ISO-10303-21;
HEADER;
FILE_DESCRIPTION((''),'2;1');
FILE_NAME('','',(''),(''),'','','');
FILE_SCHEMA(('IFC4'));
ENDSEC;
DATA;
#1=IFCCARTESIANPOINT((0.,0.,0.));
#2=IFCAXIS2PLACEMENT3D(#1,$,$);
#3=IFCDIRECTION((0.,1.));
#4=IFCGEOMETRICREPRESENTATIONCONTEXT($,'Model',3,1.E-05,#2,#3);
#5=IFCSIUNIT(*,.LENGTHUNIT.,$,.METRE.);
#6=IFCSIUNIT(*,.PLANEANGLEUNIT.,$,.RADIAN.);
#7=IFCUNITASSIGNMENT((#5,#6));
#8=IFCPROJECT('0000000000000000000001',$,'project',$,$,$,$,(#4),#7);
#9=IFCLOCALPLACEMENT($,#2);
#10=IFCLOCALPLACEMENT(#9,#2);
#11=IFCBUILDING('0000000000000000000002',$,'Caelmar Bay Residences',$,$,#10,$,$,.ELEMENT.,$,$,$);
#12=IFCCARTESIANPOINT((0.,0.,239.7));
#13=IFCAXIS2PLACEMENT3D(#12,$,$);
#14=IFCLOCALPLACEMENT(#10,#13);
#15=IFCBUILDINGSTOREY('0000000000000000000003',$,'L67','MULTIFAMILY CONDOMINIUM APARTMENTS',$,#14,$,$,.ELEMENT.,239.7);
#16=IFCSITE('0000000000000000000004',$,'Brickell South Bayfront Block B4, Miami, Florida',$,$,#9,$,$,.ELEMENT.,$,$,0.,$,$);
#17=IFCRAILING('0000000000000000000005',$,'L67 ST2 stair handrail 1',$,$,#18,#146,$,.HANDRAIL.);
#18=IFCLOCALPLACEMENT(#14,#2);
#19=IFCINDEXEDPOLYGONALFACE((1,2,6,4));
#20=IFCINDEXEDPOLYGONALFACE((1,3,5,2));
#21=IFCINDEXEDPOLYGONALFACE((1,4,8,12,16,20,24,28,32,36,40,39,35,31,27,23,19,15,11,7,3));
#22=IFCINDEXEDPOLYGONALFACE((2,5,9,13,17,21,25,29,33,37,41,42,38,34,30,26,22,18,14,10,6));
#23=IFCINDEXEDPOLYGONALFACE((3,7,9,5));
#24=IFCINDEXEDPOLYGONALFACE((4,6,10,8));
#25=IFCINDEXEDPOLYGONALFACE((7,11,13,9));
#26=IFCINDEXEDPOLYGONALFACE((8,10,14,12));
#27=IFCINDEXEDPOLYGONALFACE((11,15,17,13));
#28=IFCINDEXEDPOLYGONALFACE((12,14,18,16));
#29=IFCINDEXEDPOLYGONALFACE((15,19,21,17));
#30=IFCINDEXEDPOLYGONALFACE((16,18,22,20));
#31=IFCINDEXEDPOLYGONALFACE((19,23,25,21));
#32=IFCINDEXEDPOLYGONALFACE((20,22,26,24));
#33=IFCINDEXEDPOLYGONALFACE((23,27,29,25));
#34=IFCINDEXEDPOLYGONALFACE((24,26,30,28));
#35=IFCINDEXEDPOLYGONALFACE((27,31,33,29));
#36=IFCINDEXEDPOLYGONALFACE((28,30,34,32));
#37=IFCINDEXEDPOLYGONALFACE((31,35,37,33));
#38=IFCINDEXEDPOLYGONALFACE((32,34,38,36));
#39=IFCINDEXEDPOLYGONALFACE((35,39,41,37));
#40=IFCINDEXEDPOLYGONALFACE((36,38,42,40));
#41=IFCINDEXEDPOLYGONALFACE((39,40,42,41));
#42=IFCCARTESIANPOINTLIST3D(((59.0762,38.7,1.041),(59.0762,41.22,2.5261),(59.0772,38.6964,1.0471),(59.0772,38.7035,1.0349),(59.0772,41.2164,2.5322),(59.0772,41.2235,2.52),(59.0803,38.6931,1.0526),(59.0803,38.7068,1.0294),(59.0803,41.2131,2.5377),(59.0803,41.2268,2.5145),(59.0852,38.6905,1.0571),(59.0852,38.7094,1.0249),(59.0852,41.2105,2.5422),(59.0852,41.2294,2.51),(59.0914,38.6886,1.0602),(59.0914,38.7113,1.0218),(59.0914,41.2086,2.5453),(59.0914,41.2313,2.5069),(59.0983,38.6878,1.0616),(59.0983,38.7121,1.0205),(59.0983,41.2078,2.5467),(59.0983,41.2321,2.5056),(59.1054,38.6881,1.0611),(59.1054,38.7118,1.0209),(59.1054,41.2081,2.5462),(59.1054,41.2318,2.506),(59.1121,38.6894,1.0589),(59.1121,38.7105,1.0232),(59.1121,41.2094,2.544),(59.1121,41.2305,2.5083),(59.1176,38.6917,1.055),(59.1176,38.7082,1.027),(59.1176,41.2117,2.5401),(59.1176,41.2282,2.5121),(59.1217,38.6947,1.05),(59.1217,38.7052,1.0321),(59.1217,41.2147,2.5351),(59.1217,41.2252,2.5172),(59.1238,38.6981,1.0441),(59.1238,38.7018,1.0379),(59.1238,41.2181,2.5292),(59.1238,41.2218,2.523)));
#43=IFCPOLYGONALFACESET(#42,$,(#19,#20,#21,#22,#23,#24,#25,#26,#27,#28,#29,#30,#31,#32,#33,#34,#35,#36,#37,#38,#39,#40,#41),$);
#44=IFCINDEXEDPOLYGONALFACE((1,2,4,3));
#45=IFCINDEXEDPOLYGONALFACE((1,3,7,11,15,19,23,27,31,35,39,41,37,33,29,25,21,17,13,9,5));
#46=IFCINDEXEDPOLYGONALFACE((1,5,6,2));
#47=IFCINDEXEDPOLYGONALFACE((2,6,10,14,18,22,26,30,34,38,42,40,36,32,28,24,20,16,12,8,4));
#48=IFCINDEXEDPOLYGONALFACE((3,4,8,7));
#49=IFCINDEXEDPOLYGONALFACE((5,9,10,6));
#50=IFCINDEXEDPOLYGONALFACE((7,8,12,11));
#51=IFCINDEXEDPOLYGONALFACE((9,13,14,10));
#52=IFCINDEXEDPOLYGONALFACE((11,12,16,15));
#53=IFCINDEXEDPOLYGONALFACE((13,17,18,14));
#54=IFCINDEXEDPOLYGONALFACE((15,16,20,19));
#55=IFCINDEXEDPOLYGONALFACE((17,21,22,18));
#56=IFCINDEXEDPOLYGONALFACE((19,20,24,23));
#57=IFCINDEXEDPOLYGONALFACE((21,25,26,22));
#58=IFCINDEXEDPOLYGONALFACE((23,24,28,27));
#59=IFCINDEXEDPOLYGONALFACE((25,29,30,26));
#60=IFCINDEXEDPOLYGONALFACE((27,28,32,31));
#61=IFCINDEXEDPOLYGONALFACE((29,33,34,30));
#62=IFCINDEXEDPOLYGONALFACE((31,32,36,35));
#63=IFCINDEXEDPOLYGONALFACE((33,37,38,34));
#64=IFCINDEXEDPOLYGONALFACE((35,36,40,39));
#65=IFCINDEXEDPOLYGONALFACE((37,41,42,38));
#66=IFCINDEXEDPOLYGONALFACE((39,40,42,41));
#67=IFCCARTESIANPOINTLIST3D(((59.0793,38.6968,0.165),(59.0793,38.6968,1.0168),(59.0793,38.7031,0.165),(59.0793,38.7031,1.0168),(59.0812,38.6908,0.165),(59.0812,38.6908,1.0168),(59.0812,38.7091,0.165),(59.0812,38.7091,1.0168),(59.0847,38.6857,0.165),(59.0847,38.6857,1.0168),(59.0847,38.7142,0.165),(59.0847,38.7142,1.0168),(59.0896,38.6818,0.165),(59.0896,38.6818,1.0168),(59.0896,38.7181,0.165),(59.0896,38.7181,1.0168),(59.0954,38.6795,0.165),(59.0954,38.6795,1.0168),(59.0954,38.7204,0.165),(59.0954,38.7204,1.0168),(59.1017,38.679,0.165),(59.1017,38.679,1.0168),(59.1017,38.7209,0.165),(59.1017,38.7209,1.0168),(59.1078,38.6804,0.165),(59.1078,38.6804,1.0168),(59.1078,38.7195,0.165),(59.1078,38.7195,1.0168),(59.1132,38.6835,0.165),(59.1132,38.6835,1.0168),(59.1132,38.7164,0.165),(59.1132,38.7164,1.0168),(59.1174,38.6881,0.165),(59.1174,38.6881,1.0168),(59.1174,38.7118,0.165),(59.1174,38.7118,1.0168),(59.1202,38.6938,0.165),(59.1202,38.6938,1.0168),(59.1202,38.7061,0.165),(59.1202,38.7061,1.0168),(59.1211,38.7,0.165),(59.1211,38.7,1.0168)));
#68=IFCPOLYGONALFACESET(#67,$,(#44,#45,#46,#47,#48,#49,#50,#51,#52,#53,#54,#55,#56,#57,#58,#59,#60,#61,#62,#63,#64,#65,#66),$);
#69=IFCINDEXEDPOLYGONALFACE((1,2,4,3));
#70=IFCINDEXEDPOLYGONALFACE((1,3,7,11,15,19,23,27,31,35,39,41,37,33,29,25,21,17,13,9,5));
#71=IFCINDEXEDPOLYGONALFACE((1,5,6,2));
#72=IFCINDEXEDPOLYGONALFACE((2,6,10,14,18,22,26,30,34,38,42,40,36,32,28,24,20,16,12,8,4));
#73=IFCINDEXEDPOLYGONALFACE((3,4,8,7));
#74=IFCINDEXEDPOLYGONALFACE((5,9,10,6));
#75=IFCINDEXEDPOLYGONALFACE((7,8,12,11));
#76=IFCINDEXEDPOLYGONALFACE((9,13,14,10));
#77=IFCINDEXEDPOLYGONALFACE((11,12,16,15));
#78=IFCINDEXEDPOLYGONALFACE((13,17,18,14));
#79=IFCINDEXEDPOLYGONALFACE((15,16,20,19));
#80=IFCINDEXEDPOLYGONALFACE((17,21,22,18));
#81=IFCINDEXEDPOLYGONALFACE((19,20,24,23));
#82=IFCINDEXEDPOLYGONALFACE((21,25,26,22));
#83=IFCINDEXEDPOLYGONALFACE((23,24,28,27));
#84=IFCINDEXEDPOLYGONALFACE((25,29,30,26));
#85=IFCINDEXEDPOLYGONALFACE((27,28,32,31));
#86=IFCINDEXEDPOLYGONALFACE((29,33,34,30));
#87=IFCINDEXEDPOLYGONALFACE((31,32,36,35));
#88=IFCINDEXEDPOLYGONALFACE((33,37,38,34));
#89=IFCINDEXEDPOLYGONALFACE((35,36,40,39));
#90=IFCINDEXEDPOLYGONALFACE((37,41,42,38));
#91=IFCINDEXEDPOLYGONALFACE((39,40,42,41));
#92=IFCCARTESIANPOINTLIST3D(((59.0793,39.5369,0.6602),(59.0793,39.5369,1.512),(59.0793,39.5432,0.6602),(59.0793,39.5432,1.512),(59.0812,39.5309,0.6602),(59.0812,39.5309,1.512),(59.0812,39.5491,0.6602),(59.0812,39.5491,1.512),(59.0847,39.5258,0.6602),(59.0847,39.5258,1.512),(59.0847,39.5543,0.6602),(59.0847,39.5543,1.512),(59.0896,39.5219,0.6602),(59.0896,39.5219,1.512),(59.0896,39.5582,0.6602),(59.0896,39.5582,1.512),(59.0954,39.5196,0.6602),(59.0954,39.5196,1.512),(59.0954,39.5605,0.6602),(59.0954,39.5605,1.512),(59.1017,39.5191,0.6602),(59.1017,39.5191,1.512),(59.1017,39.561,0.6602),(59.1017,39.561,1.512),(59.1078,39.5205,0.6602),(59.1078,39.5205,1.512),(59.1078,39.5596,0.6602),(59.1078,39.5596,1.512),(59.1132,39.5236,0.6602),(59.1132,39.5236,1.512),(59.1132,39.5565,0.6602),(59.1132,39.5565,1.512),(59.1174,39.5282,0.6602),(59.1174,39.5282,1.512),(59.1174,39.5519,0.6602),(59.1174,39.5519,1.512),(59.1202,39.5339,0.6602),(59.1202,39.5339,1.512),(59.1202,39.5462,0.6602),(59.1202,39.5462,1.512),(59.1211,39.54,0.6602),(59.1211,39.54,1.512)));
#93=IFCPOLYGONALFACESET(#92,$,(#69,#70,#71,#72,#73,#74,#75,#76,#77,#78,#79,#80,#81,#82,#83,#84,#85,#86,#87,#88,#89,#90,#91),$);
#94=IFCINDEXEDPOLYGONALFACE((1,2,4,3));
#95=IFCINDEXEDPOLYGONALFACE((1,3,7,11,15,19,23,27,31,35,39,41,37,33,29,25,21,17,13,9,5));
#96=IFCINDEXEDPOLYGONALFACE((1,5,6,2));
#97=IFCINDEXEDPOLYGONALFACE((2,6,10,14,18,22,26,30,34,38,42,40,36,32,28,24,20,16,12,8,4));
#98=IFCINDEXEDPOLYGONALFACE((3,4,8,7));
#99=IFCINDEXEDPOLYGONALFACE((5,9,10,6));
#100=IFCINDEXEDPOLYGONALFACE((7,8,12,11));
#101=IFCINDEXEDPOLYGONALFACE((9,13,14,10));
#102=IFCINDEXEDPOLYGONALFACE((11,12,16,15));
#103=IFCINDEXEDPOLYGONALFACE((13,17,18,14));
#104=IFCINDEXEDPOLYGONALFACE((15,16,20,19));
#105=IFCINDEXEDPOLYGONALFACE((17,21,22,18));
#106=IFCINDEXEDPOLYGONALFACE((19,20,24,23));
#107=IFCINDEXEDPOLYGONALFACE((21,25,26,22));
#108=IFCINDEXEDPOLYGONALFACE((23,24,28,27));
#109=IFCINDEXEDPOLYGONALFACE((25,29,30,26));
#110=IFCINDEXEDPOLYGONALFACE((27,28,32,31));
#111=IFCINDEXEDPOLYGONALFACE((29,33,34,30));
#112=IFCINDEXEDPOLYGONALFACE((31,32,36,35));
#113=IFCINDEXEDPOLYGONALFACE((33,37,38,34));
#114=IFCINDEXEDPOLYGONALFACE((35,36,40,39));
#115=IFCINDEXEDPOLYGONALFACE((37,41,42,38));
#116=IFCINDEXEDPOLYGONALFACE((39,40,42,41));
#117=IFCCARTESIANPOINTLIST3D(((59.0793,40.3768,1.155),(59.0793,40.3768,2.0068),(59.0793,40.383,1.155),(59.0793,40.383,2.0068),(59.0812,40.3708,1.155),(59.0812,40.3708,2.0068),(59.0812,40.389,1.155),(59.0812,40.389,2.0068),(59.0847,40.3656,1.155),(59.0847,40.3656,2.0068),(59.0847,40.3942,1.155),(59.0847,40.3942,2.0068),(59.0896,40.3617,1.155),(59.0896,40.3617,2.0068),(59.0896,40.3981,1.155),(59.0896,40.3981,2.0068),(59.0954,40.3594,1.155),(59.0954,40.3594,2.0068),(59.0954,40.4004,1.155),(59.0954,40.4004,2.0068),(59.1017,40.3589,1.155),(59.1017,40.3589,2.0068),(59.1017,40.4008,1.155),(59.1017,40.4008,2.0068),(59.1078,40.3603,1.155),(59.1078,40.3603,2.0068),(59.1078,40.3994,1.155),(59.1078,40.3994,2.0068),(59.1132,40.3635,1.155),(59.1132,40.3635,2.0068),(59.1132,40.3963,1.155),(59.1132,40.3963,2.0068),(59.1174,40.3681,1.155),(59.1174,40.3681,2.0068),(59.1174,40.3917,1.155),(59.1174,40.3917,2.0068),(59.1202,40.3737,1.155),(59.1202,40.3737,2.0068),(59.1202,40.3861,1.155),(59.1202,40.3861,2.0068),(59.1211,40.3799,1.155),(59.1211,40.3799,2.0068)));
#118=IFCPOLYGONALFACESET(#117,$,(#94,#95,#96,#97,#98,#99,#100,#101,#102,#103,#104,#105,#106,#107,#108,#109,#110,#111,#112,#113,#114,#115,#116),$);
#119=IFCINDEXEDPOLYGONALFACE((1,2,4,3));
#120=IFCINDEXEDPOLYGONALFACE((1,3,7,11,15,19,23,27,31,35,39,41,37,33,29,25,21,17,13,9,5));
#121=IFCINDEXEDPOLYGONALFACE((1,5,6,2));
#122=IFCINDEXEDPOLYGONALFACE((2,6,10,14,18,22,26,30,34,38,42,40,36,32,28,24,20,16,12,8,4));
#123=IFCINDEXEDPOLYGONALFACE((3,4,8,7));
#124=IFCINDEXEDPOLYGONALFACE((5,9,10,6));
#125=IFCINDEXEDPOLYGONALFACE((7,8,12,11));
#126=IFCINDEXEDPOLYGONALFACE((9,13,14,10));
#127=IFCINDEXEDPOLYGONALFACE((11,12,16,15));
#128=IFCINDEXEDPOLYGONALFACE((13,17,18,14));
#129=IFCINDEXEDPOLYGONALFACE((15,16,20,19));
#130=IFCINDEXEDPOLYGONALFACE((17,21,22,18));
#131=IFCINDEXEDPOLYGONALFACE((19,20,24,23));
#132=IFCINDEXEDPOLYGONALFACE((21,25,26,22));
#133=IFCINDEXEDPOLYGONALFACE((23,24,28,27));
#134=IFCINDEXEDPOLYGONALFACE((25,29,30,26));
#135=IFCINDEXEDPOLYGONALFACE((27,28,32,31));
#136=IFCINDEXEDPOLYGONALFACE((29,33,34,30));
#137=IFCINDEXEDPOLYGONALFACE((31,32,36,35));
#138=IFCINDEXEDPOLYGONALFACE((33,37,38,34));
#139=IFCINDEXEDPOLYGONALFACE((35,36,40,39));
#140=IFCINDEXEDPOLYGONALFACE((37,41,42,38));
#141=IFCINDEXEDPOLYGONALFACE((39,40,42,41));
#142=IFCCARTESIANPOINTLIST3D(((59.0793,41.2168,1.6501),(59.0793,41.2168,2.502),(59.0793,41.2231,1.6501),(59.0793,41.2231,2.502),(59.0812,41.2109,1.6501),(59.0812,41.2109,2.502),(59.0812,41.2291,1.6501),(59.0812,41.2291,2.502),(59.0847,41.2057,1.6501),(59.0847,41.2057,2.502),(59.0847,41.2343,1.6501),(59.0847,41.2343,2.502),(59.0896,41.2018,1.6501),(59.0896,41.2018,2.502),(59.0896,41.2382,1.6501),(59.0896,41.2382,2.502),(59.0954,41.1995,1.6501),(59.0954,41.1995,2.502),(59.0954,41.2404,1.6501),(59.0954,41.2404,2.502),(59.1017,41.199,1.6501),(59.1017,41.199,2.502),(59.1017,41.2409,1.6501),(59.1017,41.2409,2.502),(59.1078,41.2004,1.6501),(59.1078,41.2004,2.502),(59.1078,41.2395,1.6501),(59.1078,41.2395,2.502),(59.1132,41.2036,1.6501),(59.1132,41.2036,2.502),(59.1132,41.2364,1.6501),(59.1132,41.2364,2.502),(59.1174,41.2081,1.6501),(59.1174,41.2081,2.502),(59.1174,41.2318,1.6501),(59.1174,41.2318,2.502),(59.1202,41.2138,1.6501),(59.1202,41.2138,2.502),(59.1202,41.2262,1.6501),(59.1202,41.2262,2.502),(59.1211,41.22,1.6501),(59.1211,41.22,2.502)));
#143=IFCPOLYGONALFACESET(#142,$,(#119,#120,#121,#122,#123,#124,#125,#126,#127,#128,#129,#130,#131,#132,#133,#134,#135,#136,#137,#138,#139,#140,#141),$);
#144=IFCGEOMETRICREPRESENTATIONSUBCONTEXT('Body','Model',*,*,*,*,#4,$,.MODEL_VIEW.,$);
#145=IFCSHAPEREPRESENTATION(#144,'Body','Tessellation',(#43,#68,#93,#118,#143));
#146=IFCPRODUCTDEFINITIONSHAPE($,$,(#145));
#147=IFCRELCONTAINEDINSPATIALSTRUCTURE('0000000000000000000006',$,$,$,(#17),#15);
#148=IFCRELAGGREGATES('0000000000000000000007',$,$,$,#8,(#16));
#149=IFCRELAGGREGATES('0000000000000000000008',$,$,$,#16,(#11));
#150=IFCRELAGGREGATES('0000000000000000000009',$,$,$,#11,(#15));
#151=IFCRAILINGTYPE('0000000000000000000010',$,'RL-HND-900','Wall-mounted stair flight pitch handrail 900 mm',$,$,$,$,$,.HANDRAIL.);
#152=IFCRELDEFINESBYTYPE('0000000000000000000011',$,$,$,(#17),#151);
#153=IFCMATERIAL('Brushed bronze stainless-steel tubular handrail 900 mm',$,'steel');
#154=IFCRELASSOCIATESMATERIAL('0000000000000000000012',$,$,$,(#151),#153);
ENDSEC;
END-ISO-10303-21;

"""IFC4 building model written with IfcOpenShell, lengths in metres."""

from ifc_helpers import new_model, si_unit, direction, frame, origin, origin_2d, place, context, subcontext, project, spatial, circle, extrude, material, type_object, element, save


model = new_model("IFC4")

# Units and contexts
model_context = context("Model", 3, precision=1e-05, world=origin(), true_north=direction((0.0, 1.0)))
body_context = subcontext(model_context, "Body", "Model", "MODEL_VIEW")
ifc_project = project(units=[si_unit("LENGTHUNIT", "METRE"), si_unit("PLANEANGLEUNIT", "RADIAN")], contexts=[model_context])

# Site, building, storey
site_placement = place(None, origin())
site = spatial("IfcSite", under=ifc_project, at=site_placement, Name="Brickell South Bayfront Block B4, Miami, Florida", CompositionType="ELEMENT", RefElevation=0.0)
building_placement = place(site_placement, origin())
building = spatial("IfcBuilding", under=site, at=building_placement, Name="Caelmar Bay Residences", CompositionType="ELEMENT")
storey_placement = place(building_placement, frame((0.0, 0.0, 239.7)))
storey = spatial("IfcBuildingStorey", under=building, at=storey_placement, Name="L67", Description="MULTIFAMILY CONDOMINIUM APARTMENTS", CompositionType="ELEMENT", Elevation=239.7)

# Railing
ifc_material_1 = material(Name="Brushed bronze stainless-steel tubular handrail 900 mm", Category="steel")
railing_type_1 = type_object("IfcRailingType", Name="RL-HND-900", Description="Wall-mounted stair flight pitch handrail 900 mm", PredefinedType="HANDRAIL", material=ifc_material_1)
railing_1_placement = place(storey_placement, frame((59.1001, 38.7, 0.165)))
element("IfcRailing", 1, at=railing_1_placement, inside=storey, type_object=railing_type_1, Name="L67 ST2 stair handrail 1", PredefinedType="HANDRAIL", context=body_context, shape_type="SweptSolid", body=[
    extrude(circle(Radius=0.0239, at=origin_2d()), frame((0.0, 0.0, 0.876), z_axis=(0.0, 0.861524, 0.507717), x_axis=(-1.0, 0.0, 0.0)), (0.0, 0.0, 1.0), 2.925),
    extrude(circle(Radius=0.021, at=origin_2d()), origin(), (0.0, 0.0, 1.0), 0.8518),
    extrude(circle(Radius=0.021, at=origin_2d()), frame((0.0, 0.8401, 0.4951)), (0.0, 0.0, 1.0), 0.8518),
    extrude(circle(Radius=0.021, at=origin_2d()), frame((0.0, 1.6799, 0.99)), (0.0, 0.0, 1.0), 0.8518),
    extrude(circle(Radius=0.021, at=origin_2d()), frame((0.0, 2.52, 1.4851)), (0.0, 0.0, 1.0), 0.8518),
])

save(model, "model.ifc")
